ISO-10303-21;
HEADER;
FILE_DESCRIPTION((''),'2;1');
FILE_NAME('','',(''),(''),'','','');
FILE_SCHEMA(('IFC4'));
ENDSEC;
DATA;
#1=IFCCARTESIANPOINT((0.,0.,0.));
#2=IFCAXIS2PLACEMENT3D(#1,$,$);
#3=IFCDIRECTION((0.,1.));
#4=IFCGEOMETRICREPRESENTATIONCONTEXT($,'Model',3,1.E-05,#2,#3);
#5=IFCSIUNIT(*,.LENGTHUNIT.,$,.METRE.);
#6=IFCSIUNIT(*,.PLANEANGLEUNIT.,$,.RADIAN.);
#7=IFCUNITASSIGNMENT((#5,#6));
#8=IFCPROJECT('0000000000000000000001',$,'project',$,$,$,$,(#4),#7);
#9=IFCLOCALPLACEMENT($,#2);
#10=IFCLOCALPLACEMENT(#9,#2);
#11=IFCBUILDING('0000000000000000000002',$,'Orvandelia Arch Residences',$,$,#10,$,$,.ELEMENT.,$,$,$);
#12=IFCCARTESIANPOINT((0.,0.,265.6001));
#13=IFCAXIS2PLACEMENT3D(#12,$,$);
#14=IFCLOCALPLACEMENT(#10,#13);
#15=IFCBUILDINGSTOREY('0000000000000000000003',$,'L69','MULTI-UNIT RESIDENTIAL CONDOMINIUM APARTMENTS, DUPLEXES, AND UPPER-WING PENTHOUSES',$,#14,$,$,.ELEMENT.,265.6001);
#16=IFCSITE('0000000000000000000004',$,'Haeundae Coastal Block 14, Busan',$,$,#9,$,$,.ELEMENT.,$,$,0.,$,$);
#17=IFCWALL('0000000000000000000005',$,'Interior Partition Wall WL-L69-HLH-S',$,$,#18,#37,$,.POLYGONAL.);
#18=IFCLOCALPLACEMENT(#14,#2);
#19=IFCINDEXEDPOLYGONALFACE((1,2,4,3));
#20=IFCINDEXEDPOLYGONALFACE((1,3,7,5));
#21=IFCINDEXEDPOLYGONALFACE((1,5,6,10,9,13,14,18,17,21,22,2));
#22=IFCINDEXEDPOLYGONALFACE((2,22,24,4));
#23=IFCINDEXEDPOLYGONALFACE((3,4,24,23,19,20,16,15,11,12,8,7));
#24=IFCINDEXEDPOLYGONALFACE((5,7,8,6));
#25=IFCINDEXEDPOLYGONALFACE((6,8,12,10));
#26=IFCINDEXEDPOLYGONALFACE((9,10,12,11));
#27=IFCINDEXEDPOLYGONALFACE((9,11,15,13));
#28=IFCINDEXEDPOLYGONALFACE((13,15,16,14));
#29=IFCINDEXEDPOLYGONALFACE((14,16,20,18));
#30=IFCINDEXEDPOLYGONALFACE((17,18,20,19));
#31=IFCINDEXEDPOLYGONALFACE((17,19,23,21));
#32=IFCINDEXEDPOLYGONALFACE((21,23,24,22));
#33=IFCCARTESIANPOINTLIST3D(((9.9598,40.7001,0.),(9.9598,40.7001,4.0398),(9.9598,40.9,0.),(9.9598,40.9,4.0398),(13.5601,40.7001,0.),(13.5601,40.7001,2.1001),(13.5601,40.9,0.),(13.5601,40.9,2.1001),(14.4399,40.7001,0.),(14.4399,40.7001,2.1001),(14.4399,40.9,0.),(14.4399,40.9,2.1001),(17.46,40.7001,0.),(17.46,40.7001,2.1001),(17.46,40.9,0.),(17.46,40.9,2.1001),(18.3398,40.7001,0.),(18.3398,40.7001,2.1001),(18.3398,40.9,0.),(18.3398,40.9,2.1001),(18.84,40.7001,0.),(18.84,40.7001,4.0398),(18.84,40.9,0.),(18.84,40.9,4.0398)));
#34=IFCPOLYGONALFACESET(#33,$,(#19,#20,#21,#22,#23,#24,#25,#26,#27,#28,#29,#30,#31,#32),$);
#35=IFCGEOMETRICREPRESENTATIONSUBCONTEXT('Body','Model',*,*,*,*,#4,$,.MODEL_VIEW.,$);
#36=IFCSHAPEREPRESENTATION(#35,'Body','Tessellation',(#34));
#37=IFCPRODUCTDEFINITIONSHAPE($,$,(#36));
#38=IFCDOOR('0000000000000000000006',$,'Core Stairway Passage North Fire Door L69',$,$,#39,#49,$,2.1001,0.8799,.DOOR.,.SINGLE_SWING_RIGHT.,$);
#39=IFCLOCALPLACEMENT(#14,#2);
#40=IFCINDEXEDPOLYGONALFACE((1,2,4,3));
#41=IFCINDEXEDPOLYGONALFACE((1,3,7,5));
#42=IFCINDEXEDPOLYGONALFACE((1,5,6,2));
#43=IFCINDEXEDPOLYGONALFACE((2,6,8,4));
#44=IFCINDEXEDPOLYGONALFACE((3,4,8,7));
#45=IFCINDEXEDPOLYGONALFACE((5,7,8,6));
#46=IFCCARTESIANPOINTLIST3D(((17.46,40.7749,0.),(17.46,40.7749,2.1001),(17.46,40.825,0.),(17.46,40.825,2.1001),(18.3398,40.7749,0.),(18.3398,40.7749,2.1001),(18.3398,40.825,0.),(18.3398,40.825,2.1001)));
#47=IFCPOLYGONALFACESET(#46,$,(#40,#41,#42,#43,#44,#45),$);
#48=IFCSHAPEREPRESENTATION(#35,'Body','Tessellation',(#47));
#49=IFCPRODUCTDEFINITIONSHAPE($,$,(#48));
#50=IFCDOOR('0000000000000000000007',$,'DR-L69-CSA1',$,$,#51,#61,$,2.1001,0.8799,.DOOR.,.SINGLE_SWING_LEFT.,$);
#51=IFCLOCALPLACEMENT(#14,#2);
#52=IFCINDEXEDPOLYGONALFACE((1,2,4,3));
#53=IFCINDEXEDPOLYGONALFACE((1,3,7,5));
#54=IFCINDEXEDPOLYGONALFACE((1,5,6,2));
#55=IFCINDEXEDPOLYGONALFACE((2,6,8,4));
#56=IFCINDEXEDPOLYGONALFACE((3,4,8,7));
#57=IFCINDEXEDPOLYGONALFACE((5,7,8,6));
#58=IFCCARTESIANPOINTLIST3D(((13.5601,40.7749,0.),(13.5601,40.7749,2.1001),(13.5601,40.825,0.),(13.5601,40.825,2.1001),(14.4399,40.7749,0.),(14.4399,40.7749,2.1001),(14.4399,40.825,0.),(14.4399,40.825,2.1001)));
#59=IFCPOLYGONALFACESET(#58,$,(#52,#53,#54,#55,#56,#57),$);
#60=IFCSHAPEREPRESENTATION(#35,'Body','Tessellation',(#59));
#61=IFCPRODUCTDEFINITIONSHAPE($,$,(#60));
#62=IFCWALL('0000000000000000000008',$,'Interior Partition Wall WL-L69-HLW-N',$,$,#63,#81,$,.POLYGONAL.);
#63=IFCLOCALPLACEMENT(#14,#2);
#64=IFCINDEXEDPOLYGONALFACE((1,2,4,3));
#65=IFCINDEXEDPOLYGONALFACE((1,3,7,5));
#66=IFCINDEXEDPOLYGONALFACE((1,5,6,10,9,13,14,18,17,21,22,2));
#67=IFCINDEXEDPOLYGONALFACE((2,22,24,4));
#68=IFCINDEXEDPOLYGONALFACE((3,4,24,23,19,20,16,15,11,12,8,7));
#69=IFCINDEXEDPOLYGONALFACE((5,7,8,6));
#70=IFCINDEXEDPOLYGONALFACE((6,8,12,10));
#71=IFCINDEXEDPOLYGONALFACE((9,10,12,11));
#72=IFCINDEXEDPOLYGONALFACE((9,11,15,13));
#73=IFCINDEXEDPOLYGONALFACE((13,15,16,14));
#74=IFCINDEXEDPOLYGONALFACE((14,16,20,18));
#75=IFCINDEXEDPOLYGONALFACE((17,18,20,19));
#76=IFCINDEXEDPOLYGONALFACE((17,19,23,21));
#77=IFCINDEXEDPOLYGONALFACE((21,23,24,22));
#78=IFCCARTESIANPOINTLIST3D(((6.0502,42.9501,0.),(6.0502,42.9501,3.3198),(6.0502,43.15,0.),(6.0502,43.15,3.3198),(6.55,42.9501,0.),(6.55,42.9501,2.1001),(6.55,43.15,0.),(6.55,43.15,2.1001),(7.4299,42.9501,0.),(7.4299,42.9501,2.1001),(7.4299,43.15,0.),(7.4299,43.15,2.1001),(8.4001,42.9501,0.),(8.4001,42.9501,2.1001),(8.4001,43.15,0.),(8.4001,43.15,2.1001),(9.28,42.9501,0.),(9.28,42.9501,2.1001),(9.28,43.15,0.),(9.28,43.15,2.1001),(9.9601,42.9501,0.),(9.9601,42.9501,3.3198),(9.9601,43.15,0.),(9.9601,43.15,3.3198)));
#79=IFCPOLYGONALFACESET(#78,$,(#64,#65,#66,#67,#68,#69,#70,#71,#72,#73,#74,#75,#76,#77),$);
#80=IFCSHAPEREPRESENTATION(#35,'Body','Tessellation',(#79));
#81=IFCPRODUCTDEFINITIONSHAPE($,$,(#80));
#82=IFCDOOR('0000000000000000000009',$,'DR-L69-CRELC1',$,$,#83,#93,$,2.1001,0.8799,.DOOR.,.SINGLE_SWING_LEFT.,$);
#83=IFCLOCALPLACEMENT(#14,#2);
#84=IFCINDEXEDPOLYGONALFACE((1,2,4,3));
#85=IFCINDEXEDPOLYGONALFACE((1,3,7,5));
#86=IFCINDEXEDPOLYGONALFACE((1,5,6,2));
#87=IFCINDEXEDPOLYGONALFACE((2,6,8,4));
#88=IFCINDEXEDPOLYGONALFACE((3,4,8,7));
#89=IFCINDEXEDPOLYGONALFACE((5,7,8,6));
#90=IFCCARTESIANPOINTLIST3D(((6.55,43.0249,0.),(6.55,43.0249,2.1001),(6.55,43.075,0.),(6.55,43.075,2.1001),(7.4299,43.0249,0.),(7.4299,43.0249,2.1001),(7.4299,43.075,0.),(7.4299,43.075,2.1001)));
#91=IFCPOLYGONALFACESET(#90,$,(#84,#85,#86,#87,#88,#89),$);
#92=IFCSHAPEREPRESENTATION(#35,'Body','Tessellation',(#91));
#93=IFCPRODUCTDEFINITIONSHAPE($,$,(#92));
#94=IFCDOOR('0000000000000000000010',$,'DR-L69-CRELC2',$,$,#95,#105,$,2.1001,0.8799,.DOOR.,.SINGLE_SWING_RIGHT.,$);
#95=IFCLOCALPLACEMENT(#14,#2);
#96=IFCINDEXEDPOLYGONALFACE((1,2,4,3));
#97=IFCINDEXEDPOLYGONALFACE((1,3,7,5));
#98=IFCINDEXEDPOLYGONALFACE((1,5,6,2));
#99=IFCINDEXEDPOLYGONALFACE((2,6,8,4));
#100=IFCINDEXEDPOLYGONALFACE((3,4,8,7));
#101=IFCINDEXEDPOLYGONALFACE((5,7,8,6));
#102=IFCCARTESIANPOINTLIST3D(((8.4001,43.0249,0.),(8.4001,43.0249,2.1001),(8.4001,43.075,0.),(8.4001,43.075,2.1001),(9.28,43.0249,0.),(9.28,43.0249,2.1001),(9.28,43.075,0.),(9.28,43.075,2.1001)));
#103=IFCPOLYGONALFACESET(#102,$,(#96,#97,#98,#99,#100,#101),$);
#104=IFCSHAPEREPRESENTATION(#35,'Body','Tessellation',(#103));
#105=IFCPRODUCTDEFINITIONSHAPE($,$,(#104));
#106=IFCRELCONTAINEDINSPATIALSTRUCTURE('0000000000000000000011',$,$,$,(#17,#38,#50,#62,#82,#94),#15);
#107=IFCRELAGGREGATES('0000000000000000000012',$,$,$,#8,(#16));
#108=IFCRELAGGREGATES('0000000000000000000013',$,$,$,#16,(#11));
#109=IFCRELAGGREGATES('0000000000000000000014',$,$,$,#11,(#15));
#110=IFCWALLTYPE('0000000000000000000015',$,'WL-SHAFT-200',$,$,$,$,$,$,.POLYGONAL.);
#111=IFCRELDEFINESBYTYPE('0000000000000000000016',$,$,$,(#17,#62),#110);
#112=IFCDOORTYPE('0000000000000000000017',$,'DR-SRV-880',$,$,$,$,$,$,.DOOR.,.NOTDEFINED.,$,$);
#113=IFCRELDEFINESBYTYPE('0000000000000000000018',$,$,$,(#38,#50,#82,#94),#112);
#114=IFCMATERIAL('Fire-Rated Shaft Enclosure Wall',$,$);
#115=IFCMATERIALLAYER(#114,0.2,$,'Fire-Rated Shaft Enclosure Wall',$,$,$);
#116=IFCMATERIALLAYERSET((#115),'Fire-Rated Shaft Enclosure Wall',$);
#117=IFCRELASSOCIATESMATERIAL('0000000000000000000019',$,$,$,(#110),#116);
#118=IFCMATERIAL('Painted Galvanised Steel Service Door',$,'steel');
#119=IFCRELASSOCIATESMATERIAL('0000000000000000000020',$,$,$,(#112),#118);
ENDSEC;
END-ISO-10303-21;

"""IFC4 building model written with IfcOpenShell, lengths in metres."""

from ifc_helpers import new_model, si_unit, direction, frame, frame_2d, origin, place, context, subcontext, project, spatial, rectangle, extrude, material, layer, layer_set, type_object, element, fill, save


model = new_model("IFC4")

# Units and contexts
model_context = context("Model", 3, precision=1e-05, world=origin(), true_north=direction((0.0, 1.0)))
body_context = subcontext(model_context, "Body", "Model", "MODEL_VIEW")
ifc_project = project(units=[si_unit("LENGTHUNIT", "METRE"), si_unit("PLANEANGLEUNIT", "RADIAN")], contexts=[model_context])

# Site, building, storey
site_placement = place(None, origin())
site = spatial("IfcSite", under=ifc_project, at=site_placement, Name="Haeundae Coastal Block 14, Busan", CompositionType="ELEMENT", RefElevation=0.0)
building_placement = place(site_placement, origin())
building = spatial("IfcBuilding", under=site, at=building_placement, Name="Orvandelia Arch Residences", CompositionType="ELEMENT")
storey_placement = place(building_placement, frame((0.0, 0.0, 265.6001)))
storey = spatial("IfcBuildingStorey", under=building, at=storey_placement, Name="L69", Description="MULTI-UNIT RESIDENTIAL CONDOMINIUM APARTMENTS, DUPLEXES, AND UPPER-WING PENTHOUSES", CompositionType="ELEMENT", Elevation=265.6001)

# Walls, openings, doors
ifc_material_1 = material(Name="Fire-Rated Shaft Enclosure Wall")
ifc_layer_1 = layer(ifc_material_1, 0.2, Name="Fire-Rated Shaft Enclosure Wall")
ifc_layer_set_1 = layer_set([ifc_layer_1], Name="Fire-Rated Shaft Enclosure Wall")
wall_type_1 = type_object("IfcWallType", Name="WL-SHAFT-200", PredefinedType="POLYGONAL", material=ifc_layer_set_1)
wall_1_placement = place(storey_placement, frame((9.96, 40.8, 0.0), z_axis=(0.0, 0.0, 1.0), x_axis=(1.0, 0.0, 0.0)))
wall_1 = element("IfcWall", 1, at=wall_1_placement, inside=storey, type_object=wall_type_1, Name="Interior Partition Wall WL-L69-HLH-S", PredefinedType="POLYGONAL", context=body_context, shape_type="SweptSolid", body=[
    extrude(rectangle(XDim=8.8801, YDim=0.2, at=frame_2d((4.4399, 0.0))), origin(), (0.0, 0.0, 1.0), 4.0398),
])
opening_1_placement = place(wall_1_placement, frame((7.5, 0.0, 0.0)))
opening_1 = element("IfcOpeningElement", 2, at=opening_1_placement, cuts=wall_1, PredefinedType="OPENING", context=body_context, shape_type="SweptSolid", body=[
    extrude(rectangle(XDim=0.8799, YDim=2.1001, at=frame_2d((0.4399, 1.05))), frame((0.0, 0.1099, 0.0), z_axis=(0.0, -1.0, 0.0), x_axis=(1.0, 0.0, 0.0)), (0.0, 0.0, 1.0), 0.22),
])
opening_2_placement = place(wall_1_placement, frame((3.6001, 0.0, 0.0)))
opening_2 = element("IfcOpeningElement", 3, at=opening_2_placement, cuts=wall_1, PredefinedType="OPENING", context=body_context, shape_type="SweptSolid", body=[
    extrude(rectangle(XDim=0.8799, YDim=2.1001, at=frame_2d((0.4399, 1.05))), frame((0.0, 0.1099, 0.0), z_axis=(0.0, -1.0, 0.0), x_axis=(1.0, 0.0, 0.0)), (0.0, 0.0, 1.0), 0.22),
])
ifc_material_2 = material(Name="Painted Galvanised Steel Service Door", Category="steel")
door_type_1 = type_object("IfcDoorType", Name="DR-SRV-880", OperationType="NOTDEFINED", PredefinedType="DOOR", material=ifc_material_2)
door_1_placement = place(opening_1_placement, origin())
door_1 = element("IfcDoor", 4, at=door_1_placement, inside=storey, type_object=door_type_1, Name="Core Stairway Passage North Fire Door L69", OperationType="SINGLE_SWING_RIGHT", OverallHeight=2.1001, OverallWidth=0.8799, PredefinedType="DOOR", context=body_context, shape_type="SweptSolid", body=[
    extrude(rectangle(XDim=0.8799, YDim=2.1001, at=frame_2d((0.4399, 1.05))), frame((0.0, 0.0249, 0.0), z_axis=(0.0, -1.0, 0.0), x_axis=(1.0, 0.0, 0.0)), (0.0, 0.0, 1.0), 0.05),
])
fill(opening_1, door_1)
door_2_placement = place(opening_2_placement, origin())
door_2 = element("IfcDoor", 5, at=door_2_placement, inside=storey, type_object=door_type_1, Name="DR-L69-CSA1", OperationType="SINGLE_SWING_LEFT", OverallHeight=2.1001, OverallWidth=0.8799, PredefinedType="DOOR", context=body_context, shape_type="SweptSolid", body=[
    extrude(rectangle(XDim=0.8799, YDim=2.1001, at=frame_2d((0.4399, 1.05))), frame((0.0, 0.0249, 0.0), z_axis=(0.0, -1.0, 0.0), x_axis=(1.0, 0.0, 0.0)), (0.0, 0.0, 1.0), 0.05),
])
fill(opening_2, door_2)
wall_2_placement = place(storey_placement, frame((6.05, 43.05, 0.0), z_axis=(0.0, 0.0, 1.0), x_axis=(1.0, 0.0, 0.0)))
wall_2 = element("IfcWall", 6, at=wall_2_placement, inside=storey, type_object=wall_type_1, Name="Interior Partition Wall WL-L69-HLW-N", PredefinedType="POLYGONAL", context=body_context, shape_type="SweptSolid", body=[
    extrude(rectangle(XDim=3.9099, YDim=0.2, at=frame_2d((1.9551, 0.0))), origin(), (0.0, 0.0, 1.0), 3.3198),
])
opening_3_placement = place(wall_2_placement, frame((0.5, 0.0, 0.0)))
opening_3 = element("IfcOpeningElement", 7, at=opening_3_placement, cuts=wall_2, PredefinedType="OPENING", context=body_context, shape_type="SweptSolid", body=[
    extrude(rectangle(XDim=0.8799, YDim=2.1001, at=frame_2d((0.4399, 1.05))), frame((0.0, 0.1099, 0.0), z_axis=(0.0, -1.0, 0.0), x_axis=(1.0, 0.0, 0.0)), (0.0, 0.0, 1.0), 0.22),
])
opening_4_placement = place(wall_2_placement, frame((2.3501, 0.0, 0.0)))
opening_4 = element("IfcOpeningElement", 8, at=opening_4_placement, cuts=wall_2, PredefinedType="OPENING", context=body_context, shape_type="SweptSolid", body=[
    extrude(rectangle(XDim=0.8799, YDim=2.1001, at=frame_2d((0.4399, 1.05))), frame((0.0, 0.1099, 0.0), z_axis=(0.0, -1.0, 0.0), x_axis=(1.0, 0.0, 0.0)), (0.0, 0.0, 1.0), 0.22),
])
door_3_placement = place(opening_3_placement, origin())
door_3 = element("IfcDoor", 9, at=door_3_placement, inside=storey, type_object=door_type_1, Name="DR-L69-CRELC1", OperationType="SINGLE_SWING_LEFT", OverallHeight=2.1001, OverallWidth=0.8799, PredefinedType="DOOR", context=body_context, shape_type="SweptSolid", body=[
    extrude(rectangle(XDim=0.8799, YDim=2.1001, at=frame_2d((0.4399, 1.05))), frame((0.0, 0.0249, 0.0), z_axis=(0.0, -1.0, 0.0), x_axis=(1.0, 0.0, 0.0)), (0.0, 0.0, 1.0), 0.05),
])
fill(opening_3, door_3)
door_4_placement = place(opening_4_placement, origin())
door_4 = element("IfcDoor", 10, at=door_4_placement, inside=storey, type_object=door_type_1, Name="DR-L69-CRELC2", OperationType="SINGLE_SWING_RIGHT", OverallHeight=2.1001, OverallWidth=0.8799, PredefinedType="DOOR", context=body_context, shape_type="SweptSolid", body=[
    extrude(rectangle(XDim=0.8799, YDim=2.1001, at=frame_2d((0.4399, 1.05))), frame((0.0, 0.0249, 0.0), z_axis=(0.0, -1.0, 0.0), x_axis=(1.0, 0.0, 0.0)), (0.0, 0.0, 1.0), 0.05),
])
fill(opening_4, door_4)

save(model, "model.ifc")
